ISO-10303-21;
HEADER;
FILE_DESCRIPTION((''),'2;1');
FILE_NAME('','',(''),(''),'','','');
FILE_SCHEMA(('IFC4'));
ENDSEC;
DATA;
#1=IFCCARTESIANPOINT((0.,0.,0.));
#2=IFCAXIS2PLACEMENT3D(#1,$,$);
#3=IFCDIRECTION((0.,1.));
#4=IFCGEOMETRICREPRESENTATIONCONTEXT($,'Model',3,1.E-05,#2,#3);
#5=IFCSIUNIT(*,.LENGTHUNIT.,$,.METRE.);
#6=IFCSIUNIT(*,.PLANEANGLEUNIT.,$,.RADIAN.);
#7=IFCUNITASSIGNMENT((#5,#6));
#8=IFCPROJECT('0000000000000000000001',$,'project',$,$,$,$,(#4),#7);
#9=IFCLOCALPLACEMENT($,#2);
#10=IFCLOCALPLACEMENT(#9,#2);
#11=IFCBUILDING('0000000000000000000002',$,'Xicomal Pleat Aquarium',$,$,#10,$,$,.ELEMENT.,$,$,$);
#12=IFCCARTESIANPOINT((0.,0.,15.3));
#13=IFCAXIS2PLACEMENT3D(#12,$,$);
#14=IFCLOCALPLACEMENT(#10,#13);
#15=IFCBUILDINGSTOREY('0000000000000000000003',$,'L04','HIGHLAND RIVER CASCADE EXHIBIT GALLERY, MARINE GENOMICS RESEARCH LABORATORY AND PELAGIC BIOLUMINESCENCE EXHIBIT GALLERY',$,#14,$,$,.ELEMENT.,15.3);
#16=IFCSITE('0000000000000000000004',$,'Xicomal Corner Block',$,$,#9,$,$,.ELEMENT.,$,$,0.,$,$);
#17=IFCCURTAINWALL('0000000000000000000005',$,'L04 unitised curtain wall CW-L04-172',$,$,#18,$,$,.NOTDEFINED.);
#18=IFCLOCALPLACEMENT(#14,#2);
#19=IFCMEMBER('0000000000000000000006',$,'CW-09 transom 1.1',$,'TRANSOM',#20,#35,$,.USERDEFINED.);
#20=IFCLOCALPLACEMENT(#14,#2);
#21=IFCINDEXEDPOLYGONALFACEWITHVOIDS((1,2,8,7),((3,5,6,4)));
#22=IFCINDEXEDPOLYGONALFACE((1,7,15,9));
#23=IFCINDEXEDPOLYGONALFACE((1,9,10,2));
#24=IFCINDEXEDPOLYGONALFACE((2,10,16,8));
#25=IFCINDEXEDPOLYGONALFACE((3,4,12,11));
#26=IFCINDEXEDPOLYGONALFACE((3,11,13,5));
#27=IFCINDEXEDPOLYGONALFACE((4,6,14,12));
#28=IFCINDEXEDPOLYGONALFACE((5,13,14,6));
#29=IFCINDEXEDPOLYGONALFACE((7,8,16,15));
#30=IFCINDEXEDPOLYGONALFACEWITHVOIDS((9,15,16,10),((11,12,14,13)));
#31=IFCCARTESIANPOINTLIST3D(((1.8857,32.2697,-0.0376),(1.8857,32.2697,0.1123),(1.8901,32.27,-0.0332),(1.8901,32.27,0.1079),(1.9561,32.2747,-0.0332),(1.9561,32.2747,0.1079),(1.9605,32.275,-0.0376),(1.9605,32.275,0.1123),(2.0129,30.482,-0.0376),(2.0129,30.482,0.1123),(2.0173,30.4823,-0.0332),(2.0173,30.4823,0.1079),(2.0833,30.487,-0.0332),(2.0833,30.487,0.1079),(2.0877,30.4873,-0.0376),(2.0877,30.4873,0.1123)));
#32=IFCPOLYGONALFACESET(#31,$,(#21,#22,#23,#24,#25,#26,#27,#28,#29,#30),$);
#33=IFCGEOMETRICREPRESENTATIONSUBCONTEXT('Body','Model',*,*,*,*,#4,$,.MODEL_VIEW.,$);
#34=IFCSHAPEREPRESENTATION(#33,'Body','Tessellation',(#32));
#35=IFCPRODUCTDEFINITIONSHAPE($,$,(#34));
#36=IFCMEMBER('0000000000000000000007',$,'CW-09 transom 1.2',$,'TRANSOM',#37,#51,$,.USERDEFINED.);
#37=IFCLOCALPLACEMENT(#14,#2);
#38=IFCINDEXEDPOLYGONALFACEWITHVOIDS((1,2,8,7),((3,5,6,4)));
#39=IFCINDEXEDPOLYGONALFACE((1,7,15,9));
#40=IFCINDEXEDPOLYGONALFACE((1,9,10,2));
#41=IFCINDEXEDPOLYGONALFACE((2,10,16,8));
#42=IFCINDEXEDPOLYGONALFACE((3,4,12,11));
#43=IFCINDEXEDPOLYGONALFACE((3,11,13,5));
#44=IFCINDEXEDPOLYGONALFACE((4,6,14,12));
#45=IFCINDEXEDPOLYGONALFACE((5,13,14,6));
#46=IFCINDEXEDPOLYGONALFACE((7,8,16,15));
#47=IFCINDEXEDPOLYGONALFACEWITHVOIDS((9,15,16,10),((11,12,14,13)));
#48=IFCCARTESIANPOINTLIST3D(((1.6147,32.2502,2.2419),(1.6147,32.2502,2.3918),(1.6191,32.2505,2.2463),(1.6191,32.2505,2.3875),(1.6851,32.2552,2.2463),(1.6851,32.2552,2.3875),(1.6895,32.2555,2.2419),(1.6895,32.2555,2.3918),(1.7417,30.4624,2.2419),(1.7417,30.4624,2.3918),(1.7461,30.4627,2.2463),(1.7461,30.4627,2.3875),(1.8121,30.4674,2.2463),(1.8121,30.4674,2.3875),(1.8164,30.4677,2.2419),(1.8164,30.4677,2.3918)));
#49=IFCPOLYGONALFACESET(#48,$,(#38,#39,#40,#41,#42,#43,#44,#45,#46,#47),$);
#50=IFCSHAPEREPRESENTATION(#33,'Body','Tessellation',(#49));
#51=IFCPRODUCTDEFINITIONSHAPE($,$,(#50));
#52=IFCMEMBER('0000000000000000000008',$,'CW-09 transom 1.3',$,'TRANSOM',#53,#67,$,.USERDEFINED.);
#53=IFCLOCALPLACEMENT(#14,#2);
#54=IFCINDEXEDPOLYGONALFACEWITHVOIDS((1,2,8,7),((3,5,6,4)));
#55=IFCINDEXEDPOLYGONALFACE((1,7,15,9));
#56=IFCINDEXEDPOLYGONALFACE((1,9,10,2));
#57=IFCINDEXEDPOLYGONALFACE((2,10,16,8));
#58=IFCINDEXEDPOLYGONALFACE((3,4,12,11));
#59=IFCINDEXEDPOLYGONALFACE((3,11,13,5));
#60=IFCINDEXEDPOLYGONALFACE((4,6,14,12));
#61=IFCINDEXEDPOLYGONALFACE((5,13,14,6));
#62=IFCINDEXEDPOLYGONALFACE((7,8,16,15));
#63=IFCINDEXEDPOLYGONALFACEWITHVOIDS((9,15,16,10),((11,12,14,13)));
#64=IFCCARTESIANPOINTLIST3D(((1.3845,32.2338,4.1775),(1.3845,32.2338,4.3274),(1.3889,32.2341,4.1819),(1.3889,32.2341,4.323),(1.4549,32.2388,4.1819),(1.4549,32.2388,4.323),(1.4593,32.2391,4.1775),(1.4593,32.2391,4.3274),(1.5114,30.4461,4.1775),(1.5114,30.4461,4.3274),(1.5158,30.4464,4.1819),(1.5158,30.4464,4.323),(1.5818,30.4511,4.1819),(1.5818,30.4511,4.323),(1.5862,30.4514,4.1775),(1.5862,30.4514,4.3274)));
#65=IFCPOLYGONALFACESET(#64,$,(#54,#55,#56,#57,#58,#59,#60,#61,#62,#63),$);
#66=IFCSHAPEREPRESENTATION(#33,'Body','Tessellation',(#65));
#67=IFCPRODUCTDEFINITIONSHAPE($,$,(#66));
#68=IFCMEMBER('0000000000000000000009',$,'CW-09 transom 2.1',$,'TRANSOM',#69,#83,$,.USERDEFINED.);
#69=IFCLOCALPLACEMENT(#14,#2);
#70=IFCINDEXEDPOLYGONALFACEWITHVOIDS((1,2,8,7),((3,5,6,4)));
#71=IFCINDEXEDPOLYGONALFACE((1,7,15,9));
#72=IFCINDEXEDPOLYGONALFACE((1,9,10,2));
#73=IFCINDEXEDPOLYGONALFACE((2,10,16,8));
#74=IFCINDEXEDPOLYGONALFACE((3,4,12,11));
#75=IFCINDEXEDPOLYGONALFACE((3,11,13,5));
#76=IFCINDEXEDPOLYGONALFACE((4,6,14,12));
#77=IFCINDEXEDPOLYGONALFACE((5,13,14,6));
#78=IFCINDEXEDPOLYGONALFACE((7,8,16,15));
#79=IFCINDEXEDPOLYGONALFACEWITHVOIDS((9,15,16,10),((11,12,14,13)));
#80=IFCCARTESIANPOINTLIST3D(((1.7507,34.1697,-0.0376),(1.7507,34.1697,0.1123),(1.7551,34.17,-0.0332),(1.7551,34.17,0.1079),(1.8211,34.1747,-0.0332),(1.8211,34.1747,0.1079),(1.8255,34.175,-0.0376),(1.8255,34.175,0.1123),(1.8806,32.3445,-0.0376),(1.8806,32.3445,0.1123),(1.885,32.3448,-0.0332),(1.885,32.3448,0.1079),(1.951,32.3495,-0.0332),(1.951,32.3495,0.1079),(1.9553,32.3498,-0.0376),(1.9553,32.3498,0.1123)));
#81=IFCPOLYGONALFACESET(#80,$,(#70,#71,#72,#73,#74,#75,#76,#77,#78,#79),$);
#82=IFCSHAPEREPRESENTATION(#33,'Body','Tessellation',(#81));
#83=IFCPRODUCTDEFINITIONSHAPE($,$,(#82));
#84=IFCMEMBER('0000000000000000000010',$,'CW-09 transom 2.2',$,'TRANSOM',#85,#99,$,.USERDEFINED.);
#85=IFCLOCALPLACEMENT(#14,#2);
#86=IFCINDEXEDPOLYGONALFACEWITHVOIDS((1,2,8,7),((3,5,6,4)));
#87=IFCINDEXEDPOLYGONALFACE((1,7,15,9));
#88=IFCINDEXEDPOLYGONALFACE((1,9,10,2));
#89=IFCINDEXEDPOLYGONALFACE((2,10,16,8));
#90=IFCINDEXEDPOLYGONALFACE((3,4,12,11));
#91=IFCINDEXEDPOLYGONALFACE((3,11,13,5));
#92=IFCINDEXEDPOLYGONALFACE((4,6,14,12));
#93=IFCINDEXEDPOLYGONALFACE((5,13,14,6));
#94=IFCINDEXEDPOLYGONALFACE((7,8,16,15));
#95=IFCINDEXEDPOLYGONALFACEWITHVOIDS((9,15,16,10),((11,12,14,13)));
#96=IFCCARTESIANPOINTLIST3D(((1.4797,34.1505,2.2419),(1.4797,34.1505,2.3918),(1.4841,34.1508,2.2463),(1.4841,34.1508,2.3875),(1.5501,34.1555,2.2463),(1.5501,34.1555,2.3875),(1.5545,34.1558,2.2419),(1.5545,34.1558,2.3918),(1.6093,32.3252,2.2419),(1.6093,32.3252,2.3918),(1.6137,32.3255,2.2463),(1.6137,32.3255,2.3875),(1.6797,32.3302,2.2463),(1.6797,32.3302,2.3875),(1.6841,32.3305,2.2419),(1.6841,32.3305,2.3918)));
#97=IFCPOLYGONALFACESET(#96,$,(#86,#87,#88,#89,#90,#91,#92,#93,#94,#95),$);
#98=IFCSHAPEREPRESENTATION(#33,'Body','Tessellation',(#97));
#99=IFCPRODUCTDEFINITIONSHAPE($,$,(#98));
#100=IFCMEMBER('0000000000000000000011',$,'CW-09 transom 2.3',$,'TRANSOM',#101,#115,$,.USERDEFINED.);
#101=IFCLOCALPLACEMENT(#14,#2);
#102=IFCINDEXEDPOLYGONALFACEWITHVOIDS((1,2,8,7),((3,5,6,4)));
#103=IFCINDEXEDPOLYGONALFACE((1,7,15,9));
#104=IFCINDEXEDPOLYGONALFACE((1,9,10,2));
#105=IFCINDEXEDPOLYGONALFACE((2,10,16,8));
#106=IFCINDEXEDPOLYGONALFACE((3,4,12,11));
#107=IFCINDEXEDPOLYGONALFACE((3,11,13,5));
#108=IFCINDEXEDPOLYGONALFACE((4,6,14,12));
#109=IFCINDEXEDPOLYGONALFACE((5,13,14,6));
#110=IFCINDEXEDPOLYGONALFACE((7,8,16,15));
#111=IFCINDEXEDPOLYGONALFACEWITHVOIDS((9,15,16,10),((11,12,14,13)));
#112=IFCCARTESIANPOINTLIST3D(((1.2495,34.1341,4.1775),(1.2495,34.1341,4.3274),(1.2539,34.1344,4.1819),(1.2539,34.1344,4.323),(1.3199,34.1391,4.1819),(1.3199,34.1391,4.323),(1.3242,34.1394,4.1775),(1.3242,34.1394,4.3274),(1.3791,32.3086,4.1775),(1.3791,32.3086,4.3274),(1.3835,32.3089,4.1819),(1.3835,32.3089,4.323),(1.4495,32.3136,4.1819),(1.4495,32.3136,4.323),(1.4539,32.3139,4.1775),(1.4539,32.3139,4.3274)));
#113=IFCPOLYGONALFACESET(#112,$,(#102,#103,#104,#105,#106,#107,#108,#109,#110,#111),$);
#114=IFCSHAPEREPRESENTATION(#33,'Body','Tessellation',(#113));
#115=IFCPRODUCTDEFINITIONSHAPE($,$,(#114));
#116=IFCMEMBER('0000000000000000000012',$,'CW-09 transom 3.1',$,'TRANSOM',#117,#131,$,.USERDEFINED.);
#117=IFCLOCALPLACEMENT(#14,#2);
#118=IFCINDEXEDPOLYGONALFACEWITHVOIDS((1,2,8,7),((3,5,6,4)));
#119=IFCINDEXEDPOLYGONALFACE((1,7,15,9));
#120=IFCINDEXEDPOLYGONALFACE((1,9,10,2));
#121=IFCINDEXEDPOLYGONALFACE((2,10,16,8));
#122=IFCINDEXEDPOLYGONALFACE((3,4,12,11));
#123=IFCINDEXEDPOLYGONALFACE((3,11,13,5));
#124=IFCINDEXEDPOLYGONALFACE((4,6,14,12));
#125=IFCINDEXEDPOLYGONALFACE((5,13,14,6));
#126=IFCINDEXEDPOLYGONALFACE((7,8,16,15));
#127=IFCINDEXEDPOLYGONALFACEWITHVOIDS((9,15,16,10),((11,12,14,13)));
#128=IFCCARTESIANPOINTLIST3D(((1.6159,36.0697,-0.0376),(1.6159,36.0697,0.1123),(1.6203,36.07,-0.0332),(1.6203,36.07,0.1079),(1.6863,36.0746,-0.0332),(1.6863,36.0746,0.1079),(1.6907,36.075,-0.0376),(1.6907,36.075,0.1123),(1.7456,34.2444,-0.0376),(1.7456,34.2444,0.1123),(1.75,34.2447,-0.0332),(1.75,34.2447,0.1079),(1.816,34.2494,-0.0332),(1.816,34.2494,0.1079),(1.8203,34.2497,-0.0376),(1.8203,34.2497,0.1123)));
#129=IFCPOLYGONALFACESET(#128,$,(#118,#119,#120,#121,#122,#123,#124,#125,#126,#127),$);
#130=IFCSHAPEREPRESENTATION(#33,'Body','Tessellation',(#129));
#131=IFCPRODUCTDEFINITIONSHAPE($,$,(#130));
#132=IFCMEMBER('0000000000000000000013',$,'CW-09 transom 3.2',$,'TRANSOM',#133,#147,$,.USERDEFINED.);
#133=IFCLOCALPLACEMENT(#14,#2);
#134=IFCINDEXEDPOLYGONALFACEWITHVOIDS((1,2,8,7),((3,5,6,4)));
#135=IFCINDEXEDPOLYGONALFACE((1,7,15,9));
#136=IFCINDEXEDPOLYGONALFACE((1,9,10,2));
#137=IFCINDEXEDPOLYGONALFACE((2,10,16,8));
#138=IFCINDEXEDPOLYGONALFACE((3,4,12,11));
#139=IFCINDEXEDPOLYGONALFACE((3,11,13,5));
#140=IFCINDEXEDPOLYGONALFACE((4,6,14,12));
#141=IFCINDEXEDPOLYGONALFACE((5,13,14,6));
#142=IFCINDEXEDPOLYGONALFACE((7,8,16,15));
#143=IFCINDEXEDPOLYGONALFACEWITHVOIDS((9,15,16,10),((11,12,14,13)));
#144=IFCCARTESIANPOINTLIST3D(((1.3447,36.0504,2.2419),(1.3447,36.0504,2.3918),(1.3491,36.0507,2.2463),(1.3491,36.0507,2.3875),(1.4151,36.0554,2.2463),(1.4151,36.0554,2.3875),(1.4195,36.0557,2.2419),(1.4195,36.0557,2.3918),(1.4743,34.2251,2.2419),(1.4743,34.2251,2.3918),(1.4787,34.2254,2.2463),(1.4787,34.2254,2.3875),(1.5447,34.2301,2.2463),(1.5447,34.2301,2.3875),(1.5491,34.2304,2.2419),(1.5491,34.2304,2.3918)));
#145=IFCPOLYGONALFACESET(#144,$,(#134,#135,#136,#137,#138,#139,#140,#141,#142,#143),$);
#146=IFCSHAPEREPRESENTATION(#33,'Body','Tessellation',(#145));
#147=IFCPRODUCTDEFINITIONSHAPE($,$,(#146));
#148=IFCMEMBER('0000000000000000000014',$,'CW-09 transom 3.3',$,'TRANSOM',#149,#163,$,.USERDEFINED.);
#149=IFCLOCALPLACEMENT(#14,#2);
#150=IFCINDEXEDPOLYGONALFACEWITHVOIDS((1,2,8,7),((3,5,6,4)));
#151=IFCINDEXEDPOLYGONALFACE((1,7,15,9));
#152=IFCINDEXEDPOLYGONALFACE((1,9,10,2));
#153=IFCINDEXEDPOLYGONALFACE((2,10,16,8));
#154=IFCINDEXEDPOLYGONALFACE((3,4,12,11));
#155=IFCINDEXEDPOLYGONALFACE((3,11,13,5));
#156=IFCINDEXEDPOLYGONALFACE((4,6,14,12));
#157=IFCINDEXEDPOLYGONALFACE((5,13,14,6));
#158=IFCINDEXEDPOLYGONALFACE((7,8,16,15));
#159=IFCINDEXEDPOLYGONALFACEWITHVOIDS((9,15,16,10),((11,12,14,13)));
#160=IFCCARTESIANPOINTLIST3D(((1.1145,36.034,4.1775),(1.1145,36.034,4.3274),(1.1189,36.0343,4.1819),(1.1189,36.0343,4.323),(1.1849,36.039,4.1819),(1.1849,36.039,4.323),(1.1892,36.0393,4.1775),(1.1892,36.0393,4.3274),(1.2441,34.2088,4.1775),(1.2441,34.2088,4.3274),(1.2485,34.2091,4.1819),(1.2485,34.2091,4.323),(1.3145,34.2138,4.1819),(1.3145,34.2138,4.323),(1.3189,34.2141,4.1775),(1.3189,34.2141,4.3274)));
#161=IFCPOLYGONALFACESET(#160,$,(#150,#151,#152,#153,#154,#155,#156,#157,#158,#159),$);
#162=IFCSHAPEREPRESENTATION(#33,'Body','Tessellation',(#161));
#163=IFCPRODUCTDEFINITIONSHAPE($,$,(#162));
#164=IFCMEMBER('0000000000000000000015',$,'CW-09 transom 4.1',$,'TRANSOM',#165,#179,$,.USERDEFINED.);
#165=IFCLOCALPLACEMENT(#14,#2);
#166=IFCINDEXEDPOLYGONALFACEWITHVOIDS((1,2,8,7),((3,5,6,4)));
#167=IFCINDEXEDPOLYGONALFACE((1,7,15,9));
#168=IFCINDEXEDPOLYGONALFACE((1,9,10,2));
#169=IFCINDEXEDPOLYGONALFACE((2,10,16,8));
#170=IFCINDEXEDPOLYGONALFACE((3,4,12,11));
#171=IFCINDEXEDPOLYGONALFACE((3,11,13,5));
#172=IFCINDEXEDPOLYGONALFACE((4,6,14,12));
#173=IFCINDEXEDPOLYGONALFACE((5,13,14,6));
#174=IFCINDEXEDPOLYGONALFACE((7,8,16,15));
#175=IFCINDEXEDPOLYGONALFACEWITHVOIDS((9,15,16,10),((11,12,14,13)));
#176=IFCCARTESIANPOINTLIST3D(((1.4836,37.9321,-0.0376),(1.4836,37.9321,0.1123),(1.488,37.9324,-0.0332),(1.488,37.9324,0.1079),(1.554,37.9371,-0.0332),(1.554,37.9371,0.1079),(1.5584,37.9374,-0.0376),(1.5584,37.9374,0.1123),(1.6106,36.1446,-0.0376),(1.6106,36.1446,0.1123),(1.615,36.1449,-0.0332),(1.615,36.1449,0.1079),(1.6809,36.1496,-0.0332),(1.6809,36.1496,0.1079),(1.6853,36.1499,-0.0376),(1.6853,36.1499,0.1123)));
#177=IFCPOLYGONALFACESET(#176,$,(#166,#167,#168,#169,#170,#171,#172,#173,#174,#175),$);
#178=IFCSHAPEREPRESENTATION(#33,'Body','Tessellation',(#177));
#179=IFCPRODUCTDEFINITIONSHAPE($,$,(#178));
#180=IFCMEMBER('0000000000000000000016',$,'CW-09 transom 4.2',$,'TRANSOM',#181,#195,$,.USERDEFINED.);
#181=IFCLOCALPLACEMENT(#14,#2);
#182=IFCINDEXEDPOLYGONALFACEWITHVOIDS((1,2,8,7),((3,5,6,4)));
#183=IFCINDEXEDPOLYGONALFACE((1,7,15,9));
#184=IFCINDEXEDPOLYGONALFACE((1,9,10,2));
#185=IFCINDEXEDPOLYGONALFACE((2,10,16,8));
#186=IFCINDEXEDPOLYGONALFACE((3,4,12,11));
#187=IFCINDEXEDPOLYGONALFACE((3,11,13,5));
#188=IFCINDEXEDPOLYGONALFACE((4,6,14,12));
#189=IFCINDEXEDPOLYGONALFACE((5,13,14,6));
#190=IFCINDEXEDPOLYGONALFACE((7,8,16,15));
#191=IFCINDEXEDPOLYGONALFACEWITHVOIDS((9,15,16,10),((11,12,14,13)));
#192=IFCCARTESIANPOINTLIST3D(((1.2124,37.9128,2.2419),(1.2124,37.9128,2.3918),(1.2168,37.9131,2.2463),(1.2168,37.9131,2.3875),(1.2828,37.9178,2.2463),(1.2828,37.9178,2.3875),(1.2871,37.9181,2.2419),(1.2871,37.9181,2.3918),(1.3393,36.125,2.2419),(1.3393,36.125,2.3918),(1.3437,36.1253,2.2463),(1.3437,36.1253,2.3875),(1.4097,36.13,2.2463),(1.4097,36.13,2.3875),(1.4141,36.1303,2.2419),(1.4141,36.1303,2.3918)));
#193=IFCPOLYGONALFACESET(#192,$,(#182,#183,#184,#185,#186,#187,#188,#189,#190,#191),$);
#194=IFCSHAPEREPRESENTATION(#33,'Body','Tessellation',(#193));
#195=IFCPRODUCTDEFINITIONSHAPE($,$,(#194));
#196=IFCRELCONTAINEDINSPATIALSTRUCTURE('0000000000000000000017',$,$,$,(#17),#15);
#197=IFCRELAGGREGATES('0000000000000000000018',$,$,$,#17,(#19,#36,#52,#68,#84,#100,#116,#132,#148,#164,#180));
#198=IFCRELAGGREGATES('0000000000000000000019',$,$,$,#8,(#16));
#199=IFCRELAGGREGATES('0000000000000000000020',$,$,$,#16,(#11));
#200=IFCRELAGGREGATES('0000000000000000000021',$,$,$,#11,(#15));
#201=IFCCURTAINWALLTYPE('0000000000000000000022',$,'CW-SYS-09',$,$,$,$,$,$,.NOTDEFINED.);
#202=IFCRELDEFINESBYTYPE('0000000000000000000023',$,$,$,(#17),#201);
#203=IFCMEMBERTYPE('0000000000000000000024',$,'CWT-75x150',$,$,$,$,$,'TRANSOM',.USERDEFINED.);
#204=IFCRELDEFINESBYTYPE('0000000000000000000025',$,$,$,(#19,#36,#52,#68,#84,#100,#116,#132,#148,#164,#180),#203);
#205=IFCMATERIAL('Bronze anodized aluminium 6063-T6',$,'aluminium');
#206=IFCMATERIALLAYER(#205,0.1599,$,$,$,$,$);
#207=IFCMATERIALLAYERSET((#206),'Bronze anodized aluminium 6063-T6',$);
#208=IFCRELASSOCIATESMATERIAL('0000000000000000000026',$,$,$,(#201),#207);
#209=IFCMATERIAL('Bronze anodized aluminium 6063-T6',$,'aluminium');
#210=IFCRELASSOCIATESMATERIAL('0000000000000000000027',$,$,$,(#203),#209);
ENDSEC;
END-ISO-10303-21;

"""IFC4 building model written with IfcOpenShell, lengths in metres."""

from ifc_helpers import new_model, si_unit, direction, frame, origin, origin_2d, place, context, subcontext, project, spatial, hollow_rectangle, extrude, material, layer, layer_set, material_profile, profile_set, type_object, element, aggregate, save


model = new_model("IFC4")

# Units and contexts
model_context = context("Model", 3, precision=1e-05, world=origin(), true_north=direction((0.0, 1.0)))
body_context = subcontext(model_context, "Body", "Model", "MODEL_VIEW")
ifc_project = project(units=[si_unit("LENGTHUNIT", "METRE"), si_unit("PLANEANGLEUNIT", "RADIAN")], contexts=[model_context])

# Site, building, storey
site_placement = place(None, origin())
site = spatial("IfcSite", under=ifc_project, at=site_placement, Name="Xicomal Corner Block", CompositionType="ELEMENT", RefElevation=0.0)
building_placement = place(site_placement, origin())
building = spatial("IfcBuilding", under=site, at=building_placement, Name="Xicomal Pleat Aquarium", CompositionType="ELEMENT")
storey_placement = place(building_placement, frame((0.0, 0.0, 15.3)))
storey = spatial("IfcBuildingStorey", under=building, at=storey_placement, Name="L04", Description="HIGHLAND RIVER CASCADE EXHIBIT GALLERY, MARINE GENOMICS RESEARCH LABORATORY AND PELAGIC BIOLUMINESCENCE EXHIBIT GALLERY", CompositionType="ELEMENT", Elevation=15.3)

# Curtain wall, members
ifc_material_1 = material(Name="Bronze anodized aluminium 6063-T6", Category="aluminium")
ifc_layer_1 = layer(ifc_material_1, 0.1599)
ifc_layer_set_1 = layer_set([ifc_layer_1], Name="Bronze anodized aluminium 6063-T6")
curtain_wall_type = type_object("IfcCurtainWallType", Name="CW-SYS-09", PredefinedType="NOTDEFINED", material=ifc_layer_set_1)
curtain_wall_placement = place(storey_placement, origin())
curtain_wall = element("IfcCurtainWall", 1, at=curtain_wall_placement, inside=storey, type_object=curtain_wall_type, Name="L04 unitised curtain wall CW-L04-172", PredefinedType="NOTDEFINED")
ifc_material_2 = material(Name="Bronze anodized aluminium 6063-T6", Category="aluminium")
ifc_material_profile_1 = material_profile(ifc_material_2, hollow_rectangle(XDim=0.075, YDim=0.1499, WallThickness=0.0044, at=origin_2d()), Name="ALU TRAN 75x150")
ifc_profile_set_1 = profile_set([ifc_material_profile_1], Name="Bronze anodized aluminium 6063-T6")
member_type_1 = type_object("IfcMemberType", Name="CWT-75x150", ElementType="TRANSOM", PredefinedType="USERDEFINED", material=ifc_profile_set_1)
member_1_placement = place(storey_placement, frame((2.0503, 30.4846, 0.0374), z_axis=(-0.070976, 0.997478, 0.0), x_axis=(-0.997478, -0.070976, 0.0)))
member_1 = element("IfcMember", 2, at=member_1_placement, type_object=member_type_1, Name="CW-09 transom 1.1", ObjectType="TRANSOM", PredefinedType="USERDEFINED", context=body_context, shape_type="SweptSolid", body=[
    extrude(hollow_rectangle(XDim=0.075, YDim=0.1499, WallThickness=0.0044, at=origin_2d()), origin(), (0.0, 0.0, 1.0), 1.7922),
])
member_2_placement = place(storey_placement, frame((1.7791, 30.4651, 2.3169), z_axis=(-0.070831, 0.997488, 0.0), x_axis=(-0.997488, -0.070831, 0.0)))
member_2 = element("IfcMember", 3, at=member_2_placement, type_object=member_type_1, Name="CW-09 transom 1.2", ObjectType="TRANSOM", PredefinedType="USERDEFINED", context=body_context, shape_type="SweptSolid", body=[
    extrude(hollow_rectangle(XDim=0.075, YDim=0.1499, WallThickness=0.0044, at=origin_2d()), origin(), (0.0, 0.0, 1.0), 1.7922),
])
member_3_placement = place(storey_placement, frame((1.5488, 30.4487, 4.2524), z_axis=(-0.070831, 0.997488, 0.0), x_axis=(-0.997488, -0.070831, 0.0)))
member_3 = element("IfcMember", 4, at=member_3_placement, type_object=member_type_1, Name="CW-09 transom 1.3", ObjectType="TRANSOM", PredefinedType="USERDEFINED", context=body_context, shape_type="SweptSolid", body=[
    extrude(hollow_rectangle(XDim=0.075, YDim=0.1499, WallThickness=0.0044, at=origin_2d()), origin(), (0.0, 0.0, 1.0), 1.7922),
])
member_4_placement = place(storey_placement, frame((1.918, 32.3472, 0.0374), z_axis=(-0.070982, 0.997478, 0.0), x_axis=(-0.997478, -0.070982, 0.0)))
member_4 = element("IfcMember", 5, at=member_4_placement, type_object=member_type_1, Name="CW-09 transom 2.1", ObjectType="TRANSOM", PredefinedType="USERDEFINED", context=body_context, shape_type="SweptSolid", body=[
    extrude(hollow_rectangle(XDim=0.075, YDim=0.1499, WallThickness=0.0044, at=origin_2d()), origin(), (0.0, 0.0, 1.0), 1.8298),
])
member_5_placement = place(storey_placement, frame((1.6467, 32.3279, 2.3169), z_axis=(-0.070849, 0.997487, 0.0), x_axis=(-0.997487, -0.070849, 0.0)))
member_5 = element("IfcMember", 6, at=member_5_placement, type_object=member_type_1, Name="CW-09 transom 2.2", ObjectType="TRANSOM", PredefinedType="USERDEFINED", context=body_context, shape_type="SweptSolid", body=[
    extrude(hollow_rectangle(XDim=0.075, YDim=0.1499, WallThickness=0.0044, at=origin_2d()), origin(), (0.0, 0.0, 1.0), 1.8298),
])
member_6_placement = place(storey_placement, frame((1.4165, 32.3113, 4.2524), z_axis=(-0.070839, 0.997488, 0.0), x_axis=(-0.997488, -0.070839, 0.0)))
member_6 = element("IfcMember", 7, at=member_6_placement, type_object=member_type_1, Name="CW-09 transom 2.3", ObjectType="TRANSOM", PredefinedType="USERDEFINED", context=body_context, shape_type="SweptSolid", body=[
    extrude(hollow_rectangle(XDim=0.075, YDim=0.1499, WallThickness=0.0044, at=origin_2d()), origin(), (0.0, 0.0, 1.0), 1.8301),
])
member_7_placement = place(storey_placement, frame((1.783, 34.2471, 0.0374), z_axis=(-0.070849, 0.997487, 0.0), x_axis=(-0.997487, -0.070849, 0.0)))
member_7 = element("IfcMember", 8, at=member_7_placement, type_object=member_type_1, Name="CW-09 transom 3.1", ObjectType="TRANSOM", PredefinedType="USERDEFINED", context=body_context, shape_type="SweptSolid", body=[
    extrude(hollow_rectangle(XDim=0.075, YDim=0.1499, WallThickness=0.0044, at=origin_2d()), origin(), (0.0, 0.0, 1.0), 1.8298),
])
member_8_placement = place(storey_placement, frame((1.5117, 34.2278, 2.3169), z_axis=(-0.070849, 0.997487, 0.0), x_axis=(-0.997487, -0.070849, 0.0)))
member_8 = element("IfcMember", 9, at=member_8_placement, type_object=member_type_1, Name="CW-09 transom 3.2", ObjectType="TRANSOM", PredefinedType="USERDEFINED", context=body_context, shape_type="SweptSolid", body=[
    extrude(hollow_rectangle(XDim=0.075, YDim=0.1499, WallThickness=0.0044, at=origin_2d()), origin(), (0.0, 0.0, 1.0), 1.8298),
])
member_9_placement = place(storey_placement, frame((1.2815, 34.2114, 4.2524), z_axis=(-0.070849, 0.997487, 0.0), x_axis=(-0.997487, -0.070849, 0.0)))
member_9 = element("IfcMember", 10, at=member_9_placement, type_object=member_type_1, Name="CW-09 transom 3.3", ObjectType="TRANSOM", PredefinedType="USERDEFINED", context=body_context, shape_type="SweptSolid", body=[
    extrude(hollow_rectangle(XDim=0.075, YDim=0.1499, WallThickness=0.0044, at=origin_2d()), origin(), (0.0, 0.0, 1.0), 1.8298),
])
member_10_placement = place(storey_placement, frame((1.6479, 36.1472, 0.0374), z_axis=(-0.07084, 0.997488, 0.0), x_axis=(-0.997488, -0.07084, 0.0)))
member_10 = element("IfcMember", 11, at=member_10_placement, type_object=member_type_1, Name="CW-09 transom 4.1", ObjectType="TRANSOM", PredefinedType="USERDEFINED", context=body_context, shape_type="SweptSolid", body=[
    extrude(hollow_rectangle(XDim=0.075, YDim=0.1499, WallThickness=0.0044, at=origin_2d()), origin(), (0.0, 0.0, 1.0), 1.792),
])
member_11_placement = place(storey_placement, frame((1.3767, 36.1277, 2.3169), z_axis=(-0.070831, 0.997488, 0.0), x_axis=(-0.997488, -0.070831, 0.0)))
member_11 = element("IfcMember", 12, at=member_11_placement, type_object=member_type_1, Name="CW-09 transom 4.2", ObjectType="TRANSOM", PredefinedType="USERDEFINED", context=body_context, shape_type="SweptSolid", body=[
    extrude(hollow_rectangle(XDim=0.075, YDim=0.1499, WallThickness=0.0044, at=origin_2d()), origin(), (0.0, 0.0, 1.0), 1.7922),
])

aggregate(curtain_wall, [member_1, member_2, member_3, member_4, member_5, member_6, member_7, member_8, member_9, member_10, member_11])

save(model, "model.ifc")
